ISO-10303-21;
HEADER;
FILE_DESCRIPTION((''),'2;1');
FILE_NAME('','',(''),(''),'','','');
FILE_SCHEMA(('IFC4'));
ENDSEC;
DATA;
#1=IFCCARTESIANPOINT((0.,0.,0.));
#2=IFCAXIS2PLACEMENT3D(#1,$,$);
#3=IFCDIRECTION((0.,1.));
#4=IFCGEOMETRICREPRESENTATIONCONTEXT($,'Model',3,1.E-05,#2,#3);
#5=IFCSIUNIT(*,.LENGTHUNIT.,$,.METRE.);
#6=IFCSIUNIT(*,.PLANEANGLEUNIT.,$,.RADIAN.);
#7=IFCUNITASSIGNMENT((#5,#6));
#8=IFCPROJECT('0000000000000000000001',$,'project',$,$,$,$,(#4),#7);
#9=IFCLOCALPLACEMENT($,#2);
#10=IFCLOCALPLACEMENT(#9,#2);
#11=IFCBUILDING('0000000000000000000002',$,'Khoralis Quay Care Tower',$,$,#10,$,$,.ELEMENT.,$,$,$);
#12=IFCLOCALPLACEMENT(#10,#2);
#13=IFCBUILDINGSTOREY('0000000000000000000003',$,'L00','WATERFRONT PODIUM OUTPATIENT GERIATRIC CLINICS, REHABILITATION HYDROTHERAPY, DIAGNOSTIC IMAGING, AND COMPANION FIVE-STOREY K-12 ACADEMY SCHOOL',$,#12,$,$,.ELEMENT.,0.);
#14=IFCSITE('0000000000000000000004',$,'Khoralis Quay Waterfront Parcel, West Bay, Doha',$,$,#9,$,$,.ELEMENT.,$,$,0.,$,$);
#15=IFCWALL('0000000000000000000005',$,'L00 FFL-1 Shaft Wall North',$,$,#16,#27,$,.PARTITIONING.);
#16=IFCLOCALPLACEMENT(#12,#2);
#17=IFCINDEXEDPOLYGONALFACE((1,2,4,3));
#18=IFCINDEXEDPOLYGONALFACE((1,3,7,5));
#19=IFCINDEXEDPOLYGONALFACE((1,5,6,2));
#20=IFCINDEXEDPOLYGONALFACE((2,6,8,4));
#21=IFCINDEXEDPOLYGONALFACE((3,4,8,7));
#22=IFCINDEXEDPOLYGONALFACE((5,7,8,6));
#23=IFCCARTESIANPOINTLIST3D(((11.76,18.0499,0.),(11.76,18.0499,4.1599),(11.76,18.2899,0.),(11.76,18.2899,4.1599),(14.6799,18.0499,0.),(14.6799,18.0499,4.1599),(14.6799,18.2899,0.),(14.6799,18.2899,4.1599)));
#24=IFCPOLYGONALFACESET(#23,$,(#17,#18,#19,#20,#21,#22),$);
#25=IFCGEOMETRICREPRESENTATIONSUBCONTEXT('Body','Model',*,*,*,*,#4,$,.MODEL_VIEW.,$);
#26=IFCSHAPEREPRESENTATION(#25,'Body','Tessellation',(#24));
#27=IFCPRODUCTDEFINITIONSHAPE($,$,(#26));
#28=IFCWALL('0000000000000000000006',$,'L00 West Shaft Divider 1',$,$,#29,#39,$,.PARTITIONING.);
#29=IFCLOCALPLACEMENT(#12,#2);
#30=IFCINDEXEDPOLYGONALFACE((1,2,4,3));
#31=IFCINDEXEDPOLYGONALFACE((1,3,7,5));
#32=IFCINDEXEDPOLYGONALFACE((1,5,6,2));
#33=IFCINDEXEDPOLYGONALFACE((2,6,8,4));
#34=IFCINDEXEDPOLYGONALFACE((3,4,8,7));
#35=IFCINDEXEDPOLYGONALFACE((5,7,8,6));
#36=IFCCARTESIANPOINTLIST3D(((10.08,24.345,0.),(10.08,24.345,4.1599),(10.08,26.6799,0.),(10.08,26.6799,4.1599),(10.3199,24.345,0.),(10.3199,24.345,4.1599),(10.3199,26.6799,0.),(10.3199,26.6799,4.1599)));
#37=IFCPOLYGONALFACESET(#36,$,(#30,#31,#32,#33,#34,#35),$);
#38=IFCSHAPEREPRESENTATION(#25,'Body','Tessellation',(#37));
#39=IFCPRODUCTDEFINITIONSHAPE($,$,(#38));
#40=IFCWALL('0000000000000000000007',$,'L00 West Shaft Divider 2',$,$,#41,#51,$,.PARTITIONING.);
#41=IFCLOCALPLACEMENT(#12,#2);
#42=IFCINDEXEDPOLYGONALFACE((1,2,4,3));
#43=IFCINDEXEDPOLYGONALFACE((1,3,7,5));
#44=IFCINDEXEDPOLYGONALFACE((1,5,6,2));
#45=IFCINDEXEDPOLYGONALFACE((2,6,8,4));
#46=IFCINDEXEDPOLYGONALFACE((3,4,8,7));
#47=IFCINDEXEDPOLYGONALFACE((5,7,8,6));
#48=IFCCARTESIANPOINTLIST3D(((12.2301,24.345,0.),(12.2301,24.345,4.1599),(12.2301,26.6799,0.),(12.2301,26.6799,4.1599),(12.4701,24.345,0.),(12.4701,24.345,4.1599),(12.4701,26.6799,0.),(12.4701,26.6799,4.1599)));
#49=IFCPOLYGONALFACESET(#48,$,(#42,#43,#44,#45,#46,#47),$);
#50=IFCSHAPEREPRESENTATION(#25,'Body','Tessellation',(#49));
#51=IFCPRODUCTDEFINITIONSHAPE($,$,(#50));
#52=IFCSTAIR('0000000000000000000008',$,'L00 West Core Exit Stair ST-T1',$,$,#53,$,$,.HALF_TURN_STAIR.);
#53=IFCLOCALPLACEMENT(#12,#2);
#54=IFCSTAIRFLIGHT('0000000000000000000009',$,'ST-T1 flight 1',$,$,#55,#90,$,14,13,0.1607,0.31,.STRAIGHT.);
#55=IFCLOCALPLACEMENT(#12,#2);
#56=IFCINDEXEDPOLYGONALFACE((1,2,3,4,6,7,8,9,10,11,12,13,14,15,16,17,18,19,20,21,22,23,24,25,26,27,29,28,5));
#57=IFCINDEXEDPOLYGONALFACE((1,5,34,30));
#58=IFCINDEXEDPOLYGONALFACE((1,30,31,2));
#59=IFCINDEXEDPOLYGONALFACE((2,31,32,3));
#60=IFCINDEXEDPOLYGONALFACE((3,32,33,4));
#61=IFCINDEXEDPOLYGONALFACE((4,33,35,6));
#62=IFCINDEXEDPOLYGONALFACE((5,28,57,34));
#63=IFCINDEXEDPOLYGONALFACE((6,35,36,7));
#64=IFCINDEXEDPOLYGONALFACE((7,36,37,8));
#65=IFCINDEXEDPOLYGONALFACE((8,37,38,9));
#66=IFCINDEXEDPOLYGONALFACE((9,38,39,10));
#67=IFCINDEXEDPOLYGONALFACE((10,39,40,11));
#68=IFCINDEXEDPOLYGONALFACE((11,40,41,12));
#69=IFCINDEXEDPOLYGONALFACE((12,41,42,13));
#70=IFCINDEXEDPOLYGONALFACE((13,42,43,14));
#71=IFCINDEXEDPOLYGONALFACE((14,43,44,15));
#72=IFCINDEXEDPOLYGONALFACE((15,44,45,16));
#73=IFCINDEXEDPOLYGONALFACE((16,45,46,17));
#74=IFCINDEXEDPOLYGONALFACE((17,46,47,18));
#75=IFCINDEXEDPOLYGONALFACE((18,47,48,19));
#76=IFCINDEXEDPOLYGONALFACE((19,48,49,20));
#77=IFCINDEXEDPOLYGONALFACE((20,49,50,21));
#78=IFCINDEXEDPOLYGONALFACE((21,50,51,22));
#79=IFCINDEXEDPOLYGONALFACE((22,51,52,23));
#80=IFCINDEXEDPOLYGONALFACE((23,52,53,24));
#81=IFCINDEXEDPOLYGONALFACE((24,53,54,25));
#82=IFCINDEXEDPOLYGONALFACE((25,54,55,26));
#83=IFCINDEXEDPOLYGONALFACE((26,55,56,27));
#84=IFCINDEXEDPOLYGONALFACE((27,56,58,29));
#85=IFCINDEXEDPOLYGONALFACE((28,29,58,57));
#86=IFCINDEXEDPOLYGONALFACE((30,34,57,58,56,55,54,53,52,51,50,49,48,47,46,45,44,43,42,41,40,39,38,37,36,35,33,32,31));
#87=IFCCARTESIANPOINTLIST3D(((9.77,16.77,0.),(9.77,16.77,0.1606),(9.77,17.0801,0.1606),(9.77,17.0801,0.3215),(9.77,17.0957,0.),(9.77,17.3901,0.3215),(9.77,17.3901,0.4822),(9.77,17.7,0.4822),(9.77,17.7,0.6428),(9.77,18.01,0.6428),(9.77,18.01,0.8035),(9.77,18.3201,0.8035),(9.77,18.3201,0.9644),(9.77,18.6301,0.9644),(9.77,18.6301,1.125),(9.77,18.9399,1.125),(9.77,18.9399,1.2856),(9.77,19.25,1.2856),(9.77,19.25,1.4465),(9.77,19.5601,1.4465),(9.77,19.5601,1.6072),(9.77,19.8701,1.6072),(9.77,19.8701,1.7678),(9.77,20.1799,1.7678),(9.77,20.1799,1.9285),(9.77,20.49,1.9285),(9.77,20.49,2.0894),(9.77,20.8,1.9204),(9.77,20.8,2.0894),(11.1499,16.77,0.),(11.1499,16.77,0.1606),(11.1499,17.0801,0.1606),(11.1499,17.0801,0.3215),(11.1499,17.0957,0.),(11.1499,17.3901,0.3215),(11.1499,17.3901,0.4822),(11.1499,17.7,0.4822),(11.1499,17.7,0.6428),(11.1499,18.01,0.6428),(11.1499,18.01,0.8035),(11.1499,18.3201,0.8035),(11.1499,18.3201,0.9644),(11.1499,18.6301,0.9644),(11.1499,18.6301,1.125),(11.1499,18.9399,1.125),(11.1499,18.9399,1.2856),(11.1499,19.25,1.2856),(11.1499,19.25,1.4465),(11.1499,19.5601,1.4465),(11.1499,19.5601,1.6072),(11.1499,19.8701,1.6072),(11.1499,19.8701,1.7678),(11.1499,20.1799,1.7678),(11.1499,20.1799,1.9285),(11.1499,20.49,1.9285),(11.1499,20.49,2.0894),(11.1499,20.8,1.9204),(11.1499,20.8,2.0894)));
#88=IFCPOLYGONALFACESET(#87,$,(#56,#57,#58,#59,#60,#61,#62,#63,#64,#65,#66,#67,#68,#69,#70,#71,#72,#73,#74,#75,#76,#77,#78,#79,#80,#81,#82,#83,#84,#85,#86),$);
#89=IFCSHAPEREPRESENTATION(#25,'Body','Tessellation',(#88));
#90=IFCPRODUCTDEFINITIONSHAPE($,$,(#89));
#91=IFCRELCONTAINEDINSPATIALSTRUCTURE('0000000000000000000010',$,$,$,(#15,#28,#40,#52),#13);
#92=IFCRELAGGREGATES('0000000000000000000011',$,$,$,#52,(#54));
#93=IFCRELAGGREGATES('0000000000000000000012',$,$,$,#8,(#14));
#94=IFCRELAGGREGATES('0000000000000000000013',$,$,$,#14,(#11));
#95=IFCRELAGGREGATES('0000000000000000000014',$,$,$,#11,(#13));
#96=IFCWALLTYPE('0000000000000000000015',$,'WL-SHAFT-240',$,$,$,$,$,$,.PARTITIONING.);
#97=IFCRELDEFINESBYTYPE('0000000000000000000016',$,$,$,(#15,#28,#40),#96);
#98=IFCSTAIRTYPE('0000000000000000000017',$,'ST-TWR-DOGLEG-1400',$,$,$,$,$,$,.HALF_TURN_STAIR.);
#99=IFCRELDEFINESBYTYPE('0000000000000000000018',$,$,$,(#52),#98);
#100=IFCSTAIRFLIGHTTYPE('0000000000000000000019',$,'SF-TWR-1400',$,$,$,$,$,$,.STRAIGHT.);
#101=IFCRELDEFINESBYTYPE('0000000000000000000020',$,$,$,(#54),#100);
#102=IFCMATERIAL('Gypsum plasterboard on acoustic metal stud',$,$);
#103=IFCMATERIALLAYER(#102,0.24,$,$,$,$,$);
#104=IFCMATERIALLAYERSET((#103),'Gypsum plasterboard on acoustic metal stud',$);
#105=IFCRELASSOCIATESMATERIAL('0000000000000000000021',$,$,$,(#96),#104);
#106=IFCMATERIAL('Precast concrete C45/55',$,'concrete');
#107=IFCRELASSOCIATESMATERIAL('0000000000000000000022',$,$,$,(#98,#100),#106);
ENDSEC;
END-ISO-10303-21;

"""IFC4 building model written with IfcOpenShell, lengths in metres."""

from ifc_helpers import new_model, si_unit, direction, frame, frame_2d, origin, place, context, subcontext, project, spatial, polyline, rectangle, outline, extrude, source, transform, mapped, material, layer, layer_set, type_object, element, aggregate, save


model = new_model("IFC4")

# Units and contexts
model_context = context("Model", 3, precision=1e-05, world=origin(), true_north=direction((0.0, 1.0)))
body_context = subcontext(model_context, "Body", "Model", "MODEL_VIEW")
ifc_project = project(units=[si_unit("LENGTHUNIT", "METRE"), si_unit("PLANEANGLEUNIT", "RADIAN")], contexts=[model_context])

# Site, building, storey
site_placement = place(None, origin())
site = spatial("IfcSite", under=ifc_project, at=site_placement, Name="Khoralis Quay Waterfront Parcel, West Bay, Doha", CompositionType="ELEMENT", RefElevation=0.0)
building_placement = place(site_placement, origin())
building = spatial("IfcBuilding", under=site, at=building_placement, Name="Khoralis Quay Care Tower", CompositionType="ELEMENT")
storey_placement = place(building_placement, origin())
storey = spatial("IfcBuildingStorey", under=building, at=storey_placement, Name="L00", Description="WATERFRONT PODIUM OUTPATIENT GERIATRIC CLINICS, REHABILITATION HYDROTHERAPY, DIAGNOSTIC IMAGING, AND COMPANION FIVE-STOREY K-12 ACADEMY SCHOOL", CompositionType="ELEMENT", Elevation=0.0)

# Walls
ifc_material_1 = material(Name="Gypsum plasterboard on acoustic metal stud")
ifc_layer_1 = layer(ifc_material_1, 0.24)
ifc_layer_set_1 = layer_set([ifc_layer_1], Name="Gypsum plasterboard on acoustic metal stud")
wall_type_1 = type_object("IfcWallType", Name="WL-SHAFT-240", PredefinedType="PARTITIONING", material=ifc_layer_set_1)
wall_1_placement = place(storey_placement, frame((11.76, 18.1699, 0.0), z_axis=(0.0, 0.0, 1.0), x_axis=(1.0, 0.0, 0.0)))
element("IfcWall", 1, at=wall_1_placement, inside=storey, type_object=wall_type_1, Name="L00 FFL-1 Shaft Wall North", PredefinedType="PARTITIONING", context=body_context, shape_type="SweptSolid", body=[
    extrude(rectangle(XDim=2.9199, YDim=0.24, at=frame_2d((1.46, 0.0))), origin(), (0.0, 0.0, 1.0), 4.1599),
])
for number, where, z_axis, x_axis, name in (
    (2, (10.2, 24.345, 0.0), (0.0, 0.0, 1.0), (0.0, 1.0, 0.0), "L00 West Shaft Divider 1"),
    (3, (12.3501, 24.345, 0.0), (0.0, 0.0, 1.0), (0.0, 1.0, 0.0), "L00 West Shaft Divider 2"),
):
    element("IfcWall", number, at=place(storey_placement, frame(where, z_axis=z_axis, x_axis=x_axis)), inside=storey, type_object=wall_type_1, Name=name, PredefinedType="PARTITIONING", context=body_context, shape_type="SweptSolid", body=[
        extrude(rectangle(XDim=2.335, YDim=0.24, at=frame_2d((1.1675, 0.0))), origin(), (0.0, 0.0, 1.0), 4.1599),
    ])

# Stair, stair flight
ifc_material_2 = material(Name="Precast concrete C45/55", Category="concrete")
stair_type = type_object("IfcStairType", Name="ST-TWR-DOGLEG-1400", PredefinedType="HALF_TURN_STAIR", material=ifc_material_2)
stair_placement = place(storey_placement, origin())
stair = element("IfcStair", 4, at=stair_placement, inside=storey, type_object=stair_type, Name="L00 West Core Exit Stair ST-T1", PredefinedType="HALF_TURN_STAIR")
stair_flight_type = type_object("IfcStairFlightType", Name="SF-TWR-1400", PredefinedType="STRAIGHT", material=ifc_material_2)
shared_shape_1 = source(origin(), body_context, "Body", "SweptSolid", [
    extrude(outline(polyline([(0.0, 0.0), (0.0, 0.1606), (0.3101, 0.1606), (0.3101, 0.3215), (0.6201, 0.3215), (0.6201, 0.4822), (0.9299, 0.4822), (0.9299, 0.6428), (1.24, 0.6428), (1.24, 0.8035), (1.55, 0.8035), (1.55, 0.9644), (1.8601, 0.9644), (1.8601, 1.125), (2.1699, 1.125), (2.1699, 1.2856), (2.48, 1.2856), (2.48, 1.4465), (2.79, 1.4465), (2.79, 1.6072), (3.1001, 1.6072), (3.1001, 1.7678), (3.4099, 1.7678), (3.4099, 1.9285), (3.72, 1.9285), (3.72, 2.0894), (4.03, 2.0894), (4.03, 2.25), (4.03, 1.9204), (0.3257, 0.0), (0.0, 0.0)])), frame((0.0, 0.6899, 0.0), z_axis=(0.0, -1.0, 0.0), x_axis=(1.0, 0.0, 0.0)), (0.0, 0.0, 1.0), 1.3799),
])
stair_flight_placement = place(storey_placement, frame((10.46, 16.77, 0.0), z_axis=(0.0, 0.0, 1.0), x_axis=(0.0, 1.0, 0.0)))
stair_flight = element("IfcStairFlight", 5, at=stair_flight_placement, type_object=stair_flight_type, Name="ST-T1 flight 1", NumberOfRisers=14, NumberOfTreads=13, PredefinedType="STRAIGHT", RiserHeight=0.1607, TreadLength=0.31, context=body_context, shape_type="MappedRepresentation", body=[
    mapped(shared_shape_1, transform((0.0, 0.0, 0.0), scale=1.0)),
])
aggregate(stair, [stair_flight])

save(model, "model.ifc")
